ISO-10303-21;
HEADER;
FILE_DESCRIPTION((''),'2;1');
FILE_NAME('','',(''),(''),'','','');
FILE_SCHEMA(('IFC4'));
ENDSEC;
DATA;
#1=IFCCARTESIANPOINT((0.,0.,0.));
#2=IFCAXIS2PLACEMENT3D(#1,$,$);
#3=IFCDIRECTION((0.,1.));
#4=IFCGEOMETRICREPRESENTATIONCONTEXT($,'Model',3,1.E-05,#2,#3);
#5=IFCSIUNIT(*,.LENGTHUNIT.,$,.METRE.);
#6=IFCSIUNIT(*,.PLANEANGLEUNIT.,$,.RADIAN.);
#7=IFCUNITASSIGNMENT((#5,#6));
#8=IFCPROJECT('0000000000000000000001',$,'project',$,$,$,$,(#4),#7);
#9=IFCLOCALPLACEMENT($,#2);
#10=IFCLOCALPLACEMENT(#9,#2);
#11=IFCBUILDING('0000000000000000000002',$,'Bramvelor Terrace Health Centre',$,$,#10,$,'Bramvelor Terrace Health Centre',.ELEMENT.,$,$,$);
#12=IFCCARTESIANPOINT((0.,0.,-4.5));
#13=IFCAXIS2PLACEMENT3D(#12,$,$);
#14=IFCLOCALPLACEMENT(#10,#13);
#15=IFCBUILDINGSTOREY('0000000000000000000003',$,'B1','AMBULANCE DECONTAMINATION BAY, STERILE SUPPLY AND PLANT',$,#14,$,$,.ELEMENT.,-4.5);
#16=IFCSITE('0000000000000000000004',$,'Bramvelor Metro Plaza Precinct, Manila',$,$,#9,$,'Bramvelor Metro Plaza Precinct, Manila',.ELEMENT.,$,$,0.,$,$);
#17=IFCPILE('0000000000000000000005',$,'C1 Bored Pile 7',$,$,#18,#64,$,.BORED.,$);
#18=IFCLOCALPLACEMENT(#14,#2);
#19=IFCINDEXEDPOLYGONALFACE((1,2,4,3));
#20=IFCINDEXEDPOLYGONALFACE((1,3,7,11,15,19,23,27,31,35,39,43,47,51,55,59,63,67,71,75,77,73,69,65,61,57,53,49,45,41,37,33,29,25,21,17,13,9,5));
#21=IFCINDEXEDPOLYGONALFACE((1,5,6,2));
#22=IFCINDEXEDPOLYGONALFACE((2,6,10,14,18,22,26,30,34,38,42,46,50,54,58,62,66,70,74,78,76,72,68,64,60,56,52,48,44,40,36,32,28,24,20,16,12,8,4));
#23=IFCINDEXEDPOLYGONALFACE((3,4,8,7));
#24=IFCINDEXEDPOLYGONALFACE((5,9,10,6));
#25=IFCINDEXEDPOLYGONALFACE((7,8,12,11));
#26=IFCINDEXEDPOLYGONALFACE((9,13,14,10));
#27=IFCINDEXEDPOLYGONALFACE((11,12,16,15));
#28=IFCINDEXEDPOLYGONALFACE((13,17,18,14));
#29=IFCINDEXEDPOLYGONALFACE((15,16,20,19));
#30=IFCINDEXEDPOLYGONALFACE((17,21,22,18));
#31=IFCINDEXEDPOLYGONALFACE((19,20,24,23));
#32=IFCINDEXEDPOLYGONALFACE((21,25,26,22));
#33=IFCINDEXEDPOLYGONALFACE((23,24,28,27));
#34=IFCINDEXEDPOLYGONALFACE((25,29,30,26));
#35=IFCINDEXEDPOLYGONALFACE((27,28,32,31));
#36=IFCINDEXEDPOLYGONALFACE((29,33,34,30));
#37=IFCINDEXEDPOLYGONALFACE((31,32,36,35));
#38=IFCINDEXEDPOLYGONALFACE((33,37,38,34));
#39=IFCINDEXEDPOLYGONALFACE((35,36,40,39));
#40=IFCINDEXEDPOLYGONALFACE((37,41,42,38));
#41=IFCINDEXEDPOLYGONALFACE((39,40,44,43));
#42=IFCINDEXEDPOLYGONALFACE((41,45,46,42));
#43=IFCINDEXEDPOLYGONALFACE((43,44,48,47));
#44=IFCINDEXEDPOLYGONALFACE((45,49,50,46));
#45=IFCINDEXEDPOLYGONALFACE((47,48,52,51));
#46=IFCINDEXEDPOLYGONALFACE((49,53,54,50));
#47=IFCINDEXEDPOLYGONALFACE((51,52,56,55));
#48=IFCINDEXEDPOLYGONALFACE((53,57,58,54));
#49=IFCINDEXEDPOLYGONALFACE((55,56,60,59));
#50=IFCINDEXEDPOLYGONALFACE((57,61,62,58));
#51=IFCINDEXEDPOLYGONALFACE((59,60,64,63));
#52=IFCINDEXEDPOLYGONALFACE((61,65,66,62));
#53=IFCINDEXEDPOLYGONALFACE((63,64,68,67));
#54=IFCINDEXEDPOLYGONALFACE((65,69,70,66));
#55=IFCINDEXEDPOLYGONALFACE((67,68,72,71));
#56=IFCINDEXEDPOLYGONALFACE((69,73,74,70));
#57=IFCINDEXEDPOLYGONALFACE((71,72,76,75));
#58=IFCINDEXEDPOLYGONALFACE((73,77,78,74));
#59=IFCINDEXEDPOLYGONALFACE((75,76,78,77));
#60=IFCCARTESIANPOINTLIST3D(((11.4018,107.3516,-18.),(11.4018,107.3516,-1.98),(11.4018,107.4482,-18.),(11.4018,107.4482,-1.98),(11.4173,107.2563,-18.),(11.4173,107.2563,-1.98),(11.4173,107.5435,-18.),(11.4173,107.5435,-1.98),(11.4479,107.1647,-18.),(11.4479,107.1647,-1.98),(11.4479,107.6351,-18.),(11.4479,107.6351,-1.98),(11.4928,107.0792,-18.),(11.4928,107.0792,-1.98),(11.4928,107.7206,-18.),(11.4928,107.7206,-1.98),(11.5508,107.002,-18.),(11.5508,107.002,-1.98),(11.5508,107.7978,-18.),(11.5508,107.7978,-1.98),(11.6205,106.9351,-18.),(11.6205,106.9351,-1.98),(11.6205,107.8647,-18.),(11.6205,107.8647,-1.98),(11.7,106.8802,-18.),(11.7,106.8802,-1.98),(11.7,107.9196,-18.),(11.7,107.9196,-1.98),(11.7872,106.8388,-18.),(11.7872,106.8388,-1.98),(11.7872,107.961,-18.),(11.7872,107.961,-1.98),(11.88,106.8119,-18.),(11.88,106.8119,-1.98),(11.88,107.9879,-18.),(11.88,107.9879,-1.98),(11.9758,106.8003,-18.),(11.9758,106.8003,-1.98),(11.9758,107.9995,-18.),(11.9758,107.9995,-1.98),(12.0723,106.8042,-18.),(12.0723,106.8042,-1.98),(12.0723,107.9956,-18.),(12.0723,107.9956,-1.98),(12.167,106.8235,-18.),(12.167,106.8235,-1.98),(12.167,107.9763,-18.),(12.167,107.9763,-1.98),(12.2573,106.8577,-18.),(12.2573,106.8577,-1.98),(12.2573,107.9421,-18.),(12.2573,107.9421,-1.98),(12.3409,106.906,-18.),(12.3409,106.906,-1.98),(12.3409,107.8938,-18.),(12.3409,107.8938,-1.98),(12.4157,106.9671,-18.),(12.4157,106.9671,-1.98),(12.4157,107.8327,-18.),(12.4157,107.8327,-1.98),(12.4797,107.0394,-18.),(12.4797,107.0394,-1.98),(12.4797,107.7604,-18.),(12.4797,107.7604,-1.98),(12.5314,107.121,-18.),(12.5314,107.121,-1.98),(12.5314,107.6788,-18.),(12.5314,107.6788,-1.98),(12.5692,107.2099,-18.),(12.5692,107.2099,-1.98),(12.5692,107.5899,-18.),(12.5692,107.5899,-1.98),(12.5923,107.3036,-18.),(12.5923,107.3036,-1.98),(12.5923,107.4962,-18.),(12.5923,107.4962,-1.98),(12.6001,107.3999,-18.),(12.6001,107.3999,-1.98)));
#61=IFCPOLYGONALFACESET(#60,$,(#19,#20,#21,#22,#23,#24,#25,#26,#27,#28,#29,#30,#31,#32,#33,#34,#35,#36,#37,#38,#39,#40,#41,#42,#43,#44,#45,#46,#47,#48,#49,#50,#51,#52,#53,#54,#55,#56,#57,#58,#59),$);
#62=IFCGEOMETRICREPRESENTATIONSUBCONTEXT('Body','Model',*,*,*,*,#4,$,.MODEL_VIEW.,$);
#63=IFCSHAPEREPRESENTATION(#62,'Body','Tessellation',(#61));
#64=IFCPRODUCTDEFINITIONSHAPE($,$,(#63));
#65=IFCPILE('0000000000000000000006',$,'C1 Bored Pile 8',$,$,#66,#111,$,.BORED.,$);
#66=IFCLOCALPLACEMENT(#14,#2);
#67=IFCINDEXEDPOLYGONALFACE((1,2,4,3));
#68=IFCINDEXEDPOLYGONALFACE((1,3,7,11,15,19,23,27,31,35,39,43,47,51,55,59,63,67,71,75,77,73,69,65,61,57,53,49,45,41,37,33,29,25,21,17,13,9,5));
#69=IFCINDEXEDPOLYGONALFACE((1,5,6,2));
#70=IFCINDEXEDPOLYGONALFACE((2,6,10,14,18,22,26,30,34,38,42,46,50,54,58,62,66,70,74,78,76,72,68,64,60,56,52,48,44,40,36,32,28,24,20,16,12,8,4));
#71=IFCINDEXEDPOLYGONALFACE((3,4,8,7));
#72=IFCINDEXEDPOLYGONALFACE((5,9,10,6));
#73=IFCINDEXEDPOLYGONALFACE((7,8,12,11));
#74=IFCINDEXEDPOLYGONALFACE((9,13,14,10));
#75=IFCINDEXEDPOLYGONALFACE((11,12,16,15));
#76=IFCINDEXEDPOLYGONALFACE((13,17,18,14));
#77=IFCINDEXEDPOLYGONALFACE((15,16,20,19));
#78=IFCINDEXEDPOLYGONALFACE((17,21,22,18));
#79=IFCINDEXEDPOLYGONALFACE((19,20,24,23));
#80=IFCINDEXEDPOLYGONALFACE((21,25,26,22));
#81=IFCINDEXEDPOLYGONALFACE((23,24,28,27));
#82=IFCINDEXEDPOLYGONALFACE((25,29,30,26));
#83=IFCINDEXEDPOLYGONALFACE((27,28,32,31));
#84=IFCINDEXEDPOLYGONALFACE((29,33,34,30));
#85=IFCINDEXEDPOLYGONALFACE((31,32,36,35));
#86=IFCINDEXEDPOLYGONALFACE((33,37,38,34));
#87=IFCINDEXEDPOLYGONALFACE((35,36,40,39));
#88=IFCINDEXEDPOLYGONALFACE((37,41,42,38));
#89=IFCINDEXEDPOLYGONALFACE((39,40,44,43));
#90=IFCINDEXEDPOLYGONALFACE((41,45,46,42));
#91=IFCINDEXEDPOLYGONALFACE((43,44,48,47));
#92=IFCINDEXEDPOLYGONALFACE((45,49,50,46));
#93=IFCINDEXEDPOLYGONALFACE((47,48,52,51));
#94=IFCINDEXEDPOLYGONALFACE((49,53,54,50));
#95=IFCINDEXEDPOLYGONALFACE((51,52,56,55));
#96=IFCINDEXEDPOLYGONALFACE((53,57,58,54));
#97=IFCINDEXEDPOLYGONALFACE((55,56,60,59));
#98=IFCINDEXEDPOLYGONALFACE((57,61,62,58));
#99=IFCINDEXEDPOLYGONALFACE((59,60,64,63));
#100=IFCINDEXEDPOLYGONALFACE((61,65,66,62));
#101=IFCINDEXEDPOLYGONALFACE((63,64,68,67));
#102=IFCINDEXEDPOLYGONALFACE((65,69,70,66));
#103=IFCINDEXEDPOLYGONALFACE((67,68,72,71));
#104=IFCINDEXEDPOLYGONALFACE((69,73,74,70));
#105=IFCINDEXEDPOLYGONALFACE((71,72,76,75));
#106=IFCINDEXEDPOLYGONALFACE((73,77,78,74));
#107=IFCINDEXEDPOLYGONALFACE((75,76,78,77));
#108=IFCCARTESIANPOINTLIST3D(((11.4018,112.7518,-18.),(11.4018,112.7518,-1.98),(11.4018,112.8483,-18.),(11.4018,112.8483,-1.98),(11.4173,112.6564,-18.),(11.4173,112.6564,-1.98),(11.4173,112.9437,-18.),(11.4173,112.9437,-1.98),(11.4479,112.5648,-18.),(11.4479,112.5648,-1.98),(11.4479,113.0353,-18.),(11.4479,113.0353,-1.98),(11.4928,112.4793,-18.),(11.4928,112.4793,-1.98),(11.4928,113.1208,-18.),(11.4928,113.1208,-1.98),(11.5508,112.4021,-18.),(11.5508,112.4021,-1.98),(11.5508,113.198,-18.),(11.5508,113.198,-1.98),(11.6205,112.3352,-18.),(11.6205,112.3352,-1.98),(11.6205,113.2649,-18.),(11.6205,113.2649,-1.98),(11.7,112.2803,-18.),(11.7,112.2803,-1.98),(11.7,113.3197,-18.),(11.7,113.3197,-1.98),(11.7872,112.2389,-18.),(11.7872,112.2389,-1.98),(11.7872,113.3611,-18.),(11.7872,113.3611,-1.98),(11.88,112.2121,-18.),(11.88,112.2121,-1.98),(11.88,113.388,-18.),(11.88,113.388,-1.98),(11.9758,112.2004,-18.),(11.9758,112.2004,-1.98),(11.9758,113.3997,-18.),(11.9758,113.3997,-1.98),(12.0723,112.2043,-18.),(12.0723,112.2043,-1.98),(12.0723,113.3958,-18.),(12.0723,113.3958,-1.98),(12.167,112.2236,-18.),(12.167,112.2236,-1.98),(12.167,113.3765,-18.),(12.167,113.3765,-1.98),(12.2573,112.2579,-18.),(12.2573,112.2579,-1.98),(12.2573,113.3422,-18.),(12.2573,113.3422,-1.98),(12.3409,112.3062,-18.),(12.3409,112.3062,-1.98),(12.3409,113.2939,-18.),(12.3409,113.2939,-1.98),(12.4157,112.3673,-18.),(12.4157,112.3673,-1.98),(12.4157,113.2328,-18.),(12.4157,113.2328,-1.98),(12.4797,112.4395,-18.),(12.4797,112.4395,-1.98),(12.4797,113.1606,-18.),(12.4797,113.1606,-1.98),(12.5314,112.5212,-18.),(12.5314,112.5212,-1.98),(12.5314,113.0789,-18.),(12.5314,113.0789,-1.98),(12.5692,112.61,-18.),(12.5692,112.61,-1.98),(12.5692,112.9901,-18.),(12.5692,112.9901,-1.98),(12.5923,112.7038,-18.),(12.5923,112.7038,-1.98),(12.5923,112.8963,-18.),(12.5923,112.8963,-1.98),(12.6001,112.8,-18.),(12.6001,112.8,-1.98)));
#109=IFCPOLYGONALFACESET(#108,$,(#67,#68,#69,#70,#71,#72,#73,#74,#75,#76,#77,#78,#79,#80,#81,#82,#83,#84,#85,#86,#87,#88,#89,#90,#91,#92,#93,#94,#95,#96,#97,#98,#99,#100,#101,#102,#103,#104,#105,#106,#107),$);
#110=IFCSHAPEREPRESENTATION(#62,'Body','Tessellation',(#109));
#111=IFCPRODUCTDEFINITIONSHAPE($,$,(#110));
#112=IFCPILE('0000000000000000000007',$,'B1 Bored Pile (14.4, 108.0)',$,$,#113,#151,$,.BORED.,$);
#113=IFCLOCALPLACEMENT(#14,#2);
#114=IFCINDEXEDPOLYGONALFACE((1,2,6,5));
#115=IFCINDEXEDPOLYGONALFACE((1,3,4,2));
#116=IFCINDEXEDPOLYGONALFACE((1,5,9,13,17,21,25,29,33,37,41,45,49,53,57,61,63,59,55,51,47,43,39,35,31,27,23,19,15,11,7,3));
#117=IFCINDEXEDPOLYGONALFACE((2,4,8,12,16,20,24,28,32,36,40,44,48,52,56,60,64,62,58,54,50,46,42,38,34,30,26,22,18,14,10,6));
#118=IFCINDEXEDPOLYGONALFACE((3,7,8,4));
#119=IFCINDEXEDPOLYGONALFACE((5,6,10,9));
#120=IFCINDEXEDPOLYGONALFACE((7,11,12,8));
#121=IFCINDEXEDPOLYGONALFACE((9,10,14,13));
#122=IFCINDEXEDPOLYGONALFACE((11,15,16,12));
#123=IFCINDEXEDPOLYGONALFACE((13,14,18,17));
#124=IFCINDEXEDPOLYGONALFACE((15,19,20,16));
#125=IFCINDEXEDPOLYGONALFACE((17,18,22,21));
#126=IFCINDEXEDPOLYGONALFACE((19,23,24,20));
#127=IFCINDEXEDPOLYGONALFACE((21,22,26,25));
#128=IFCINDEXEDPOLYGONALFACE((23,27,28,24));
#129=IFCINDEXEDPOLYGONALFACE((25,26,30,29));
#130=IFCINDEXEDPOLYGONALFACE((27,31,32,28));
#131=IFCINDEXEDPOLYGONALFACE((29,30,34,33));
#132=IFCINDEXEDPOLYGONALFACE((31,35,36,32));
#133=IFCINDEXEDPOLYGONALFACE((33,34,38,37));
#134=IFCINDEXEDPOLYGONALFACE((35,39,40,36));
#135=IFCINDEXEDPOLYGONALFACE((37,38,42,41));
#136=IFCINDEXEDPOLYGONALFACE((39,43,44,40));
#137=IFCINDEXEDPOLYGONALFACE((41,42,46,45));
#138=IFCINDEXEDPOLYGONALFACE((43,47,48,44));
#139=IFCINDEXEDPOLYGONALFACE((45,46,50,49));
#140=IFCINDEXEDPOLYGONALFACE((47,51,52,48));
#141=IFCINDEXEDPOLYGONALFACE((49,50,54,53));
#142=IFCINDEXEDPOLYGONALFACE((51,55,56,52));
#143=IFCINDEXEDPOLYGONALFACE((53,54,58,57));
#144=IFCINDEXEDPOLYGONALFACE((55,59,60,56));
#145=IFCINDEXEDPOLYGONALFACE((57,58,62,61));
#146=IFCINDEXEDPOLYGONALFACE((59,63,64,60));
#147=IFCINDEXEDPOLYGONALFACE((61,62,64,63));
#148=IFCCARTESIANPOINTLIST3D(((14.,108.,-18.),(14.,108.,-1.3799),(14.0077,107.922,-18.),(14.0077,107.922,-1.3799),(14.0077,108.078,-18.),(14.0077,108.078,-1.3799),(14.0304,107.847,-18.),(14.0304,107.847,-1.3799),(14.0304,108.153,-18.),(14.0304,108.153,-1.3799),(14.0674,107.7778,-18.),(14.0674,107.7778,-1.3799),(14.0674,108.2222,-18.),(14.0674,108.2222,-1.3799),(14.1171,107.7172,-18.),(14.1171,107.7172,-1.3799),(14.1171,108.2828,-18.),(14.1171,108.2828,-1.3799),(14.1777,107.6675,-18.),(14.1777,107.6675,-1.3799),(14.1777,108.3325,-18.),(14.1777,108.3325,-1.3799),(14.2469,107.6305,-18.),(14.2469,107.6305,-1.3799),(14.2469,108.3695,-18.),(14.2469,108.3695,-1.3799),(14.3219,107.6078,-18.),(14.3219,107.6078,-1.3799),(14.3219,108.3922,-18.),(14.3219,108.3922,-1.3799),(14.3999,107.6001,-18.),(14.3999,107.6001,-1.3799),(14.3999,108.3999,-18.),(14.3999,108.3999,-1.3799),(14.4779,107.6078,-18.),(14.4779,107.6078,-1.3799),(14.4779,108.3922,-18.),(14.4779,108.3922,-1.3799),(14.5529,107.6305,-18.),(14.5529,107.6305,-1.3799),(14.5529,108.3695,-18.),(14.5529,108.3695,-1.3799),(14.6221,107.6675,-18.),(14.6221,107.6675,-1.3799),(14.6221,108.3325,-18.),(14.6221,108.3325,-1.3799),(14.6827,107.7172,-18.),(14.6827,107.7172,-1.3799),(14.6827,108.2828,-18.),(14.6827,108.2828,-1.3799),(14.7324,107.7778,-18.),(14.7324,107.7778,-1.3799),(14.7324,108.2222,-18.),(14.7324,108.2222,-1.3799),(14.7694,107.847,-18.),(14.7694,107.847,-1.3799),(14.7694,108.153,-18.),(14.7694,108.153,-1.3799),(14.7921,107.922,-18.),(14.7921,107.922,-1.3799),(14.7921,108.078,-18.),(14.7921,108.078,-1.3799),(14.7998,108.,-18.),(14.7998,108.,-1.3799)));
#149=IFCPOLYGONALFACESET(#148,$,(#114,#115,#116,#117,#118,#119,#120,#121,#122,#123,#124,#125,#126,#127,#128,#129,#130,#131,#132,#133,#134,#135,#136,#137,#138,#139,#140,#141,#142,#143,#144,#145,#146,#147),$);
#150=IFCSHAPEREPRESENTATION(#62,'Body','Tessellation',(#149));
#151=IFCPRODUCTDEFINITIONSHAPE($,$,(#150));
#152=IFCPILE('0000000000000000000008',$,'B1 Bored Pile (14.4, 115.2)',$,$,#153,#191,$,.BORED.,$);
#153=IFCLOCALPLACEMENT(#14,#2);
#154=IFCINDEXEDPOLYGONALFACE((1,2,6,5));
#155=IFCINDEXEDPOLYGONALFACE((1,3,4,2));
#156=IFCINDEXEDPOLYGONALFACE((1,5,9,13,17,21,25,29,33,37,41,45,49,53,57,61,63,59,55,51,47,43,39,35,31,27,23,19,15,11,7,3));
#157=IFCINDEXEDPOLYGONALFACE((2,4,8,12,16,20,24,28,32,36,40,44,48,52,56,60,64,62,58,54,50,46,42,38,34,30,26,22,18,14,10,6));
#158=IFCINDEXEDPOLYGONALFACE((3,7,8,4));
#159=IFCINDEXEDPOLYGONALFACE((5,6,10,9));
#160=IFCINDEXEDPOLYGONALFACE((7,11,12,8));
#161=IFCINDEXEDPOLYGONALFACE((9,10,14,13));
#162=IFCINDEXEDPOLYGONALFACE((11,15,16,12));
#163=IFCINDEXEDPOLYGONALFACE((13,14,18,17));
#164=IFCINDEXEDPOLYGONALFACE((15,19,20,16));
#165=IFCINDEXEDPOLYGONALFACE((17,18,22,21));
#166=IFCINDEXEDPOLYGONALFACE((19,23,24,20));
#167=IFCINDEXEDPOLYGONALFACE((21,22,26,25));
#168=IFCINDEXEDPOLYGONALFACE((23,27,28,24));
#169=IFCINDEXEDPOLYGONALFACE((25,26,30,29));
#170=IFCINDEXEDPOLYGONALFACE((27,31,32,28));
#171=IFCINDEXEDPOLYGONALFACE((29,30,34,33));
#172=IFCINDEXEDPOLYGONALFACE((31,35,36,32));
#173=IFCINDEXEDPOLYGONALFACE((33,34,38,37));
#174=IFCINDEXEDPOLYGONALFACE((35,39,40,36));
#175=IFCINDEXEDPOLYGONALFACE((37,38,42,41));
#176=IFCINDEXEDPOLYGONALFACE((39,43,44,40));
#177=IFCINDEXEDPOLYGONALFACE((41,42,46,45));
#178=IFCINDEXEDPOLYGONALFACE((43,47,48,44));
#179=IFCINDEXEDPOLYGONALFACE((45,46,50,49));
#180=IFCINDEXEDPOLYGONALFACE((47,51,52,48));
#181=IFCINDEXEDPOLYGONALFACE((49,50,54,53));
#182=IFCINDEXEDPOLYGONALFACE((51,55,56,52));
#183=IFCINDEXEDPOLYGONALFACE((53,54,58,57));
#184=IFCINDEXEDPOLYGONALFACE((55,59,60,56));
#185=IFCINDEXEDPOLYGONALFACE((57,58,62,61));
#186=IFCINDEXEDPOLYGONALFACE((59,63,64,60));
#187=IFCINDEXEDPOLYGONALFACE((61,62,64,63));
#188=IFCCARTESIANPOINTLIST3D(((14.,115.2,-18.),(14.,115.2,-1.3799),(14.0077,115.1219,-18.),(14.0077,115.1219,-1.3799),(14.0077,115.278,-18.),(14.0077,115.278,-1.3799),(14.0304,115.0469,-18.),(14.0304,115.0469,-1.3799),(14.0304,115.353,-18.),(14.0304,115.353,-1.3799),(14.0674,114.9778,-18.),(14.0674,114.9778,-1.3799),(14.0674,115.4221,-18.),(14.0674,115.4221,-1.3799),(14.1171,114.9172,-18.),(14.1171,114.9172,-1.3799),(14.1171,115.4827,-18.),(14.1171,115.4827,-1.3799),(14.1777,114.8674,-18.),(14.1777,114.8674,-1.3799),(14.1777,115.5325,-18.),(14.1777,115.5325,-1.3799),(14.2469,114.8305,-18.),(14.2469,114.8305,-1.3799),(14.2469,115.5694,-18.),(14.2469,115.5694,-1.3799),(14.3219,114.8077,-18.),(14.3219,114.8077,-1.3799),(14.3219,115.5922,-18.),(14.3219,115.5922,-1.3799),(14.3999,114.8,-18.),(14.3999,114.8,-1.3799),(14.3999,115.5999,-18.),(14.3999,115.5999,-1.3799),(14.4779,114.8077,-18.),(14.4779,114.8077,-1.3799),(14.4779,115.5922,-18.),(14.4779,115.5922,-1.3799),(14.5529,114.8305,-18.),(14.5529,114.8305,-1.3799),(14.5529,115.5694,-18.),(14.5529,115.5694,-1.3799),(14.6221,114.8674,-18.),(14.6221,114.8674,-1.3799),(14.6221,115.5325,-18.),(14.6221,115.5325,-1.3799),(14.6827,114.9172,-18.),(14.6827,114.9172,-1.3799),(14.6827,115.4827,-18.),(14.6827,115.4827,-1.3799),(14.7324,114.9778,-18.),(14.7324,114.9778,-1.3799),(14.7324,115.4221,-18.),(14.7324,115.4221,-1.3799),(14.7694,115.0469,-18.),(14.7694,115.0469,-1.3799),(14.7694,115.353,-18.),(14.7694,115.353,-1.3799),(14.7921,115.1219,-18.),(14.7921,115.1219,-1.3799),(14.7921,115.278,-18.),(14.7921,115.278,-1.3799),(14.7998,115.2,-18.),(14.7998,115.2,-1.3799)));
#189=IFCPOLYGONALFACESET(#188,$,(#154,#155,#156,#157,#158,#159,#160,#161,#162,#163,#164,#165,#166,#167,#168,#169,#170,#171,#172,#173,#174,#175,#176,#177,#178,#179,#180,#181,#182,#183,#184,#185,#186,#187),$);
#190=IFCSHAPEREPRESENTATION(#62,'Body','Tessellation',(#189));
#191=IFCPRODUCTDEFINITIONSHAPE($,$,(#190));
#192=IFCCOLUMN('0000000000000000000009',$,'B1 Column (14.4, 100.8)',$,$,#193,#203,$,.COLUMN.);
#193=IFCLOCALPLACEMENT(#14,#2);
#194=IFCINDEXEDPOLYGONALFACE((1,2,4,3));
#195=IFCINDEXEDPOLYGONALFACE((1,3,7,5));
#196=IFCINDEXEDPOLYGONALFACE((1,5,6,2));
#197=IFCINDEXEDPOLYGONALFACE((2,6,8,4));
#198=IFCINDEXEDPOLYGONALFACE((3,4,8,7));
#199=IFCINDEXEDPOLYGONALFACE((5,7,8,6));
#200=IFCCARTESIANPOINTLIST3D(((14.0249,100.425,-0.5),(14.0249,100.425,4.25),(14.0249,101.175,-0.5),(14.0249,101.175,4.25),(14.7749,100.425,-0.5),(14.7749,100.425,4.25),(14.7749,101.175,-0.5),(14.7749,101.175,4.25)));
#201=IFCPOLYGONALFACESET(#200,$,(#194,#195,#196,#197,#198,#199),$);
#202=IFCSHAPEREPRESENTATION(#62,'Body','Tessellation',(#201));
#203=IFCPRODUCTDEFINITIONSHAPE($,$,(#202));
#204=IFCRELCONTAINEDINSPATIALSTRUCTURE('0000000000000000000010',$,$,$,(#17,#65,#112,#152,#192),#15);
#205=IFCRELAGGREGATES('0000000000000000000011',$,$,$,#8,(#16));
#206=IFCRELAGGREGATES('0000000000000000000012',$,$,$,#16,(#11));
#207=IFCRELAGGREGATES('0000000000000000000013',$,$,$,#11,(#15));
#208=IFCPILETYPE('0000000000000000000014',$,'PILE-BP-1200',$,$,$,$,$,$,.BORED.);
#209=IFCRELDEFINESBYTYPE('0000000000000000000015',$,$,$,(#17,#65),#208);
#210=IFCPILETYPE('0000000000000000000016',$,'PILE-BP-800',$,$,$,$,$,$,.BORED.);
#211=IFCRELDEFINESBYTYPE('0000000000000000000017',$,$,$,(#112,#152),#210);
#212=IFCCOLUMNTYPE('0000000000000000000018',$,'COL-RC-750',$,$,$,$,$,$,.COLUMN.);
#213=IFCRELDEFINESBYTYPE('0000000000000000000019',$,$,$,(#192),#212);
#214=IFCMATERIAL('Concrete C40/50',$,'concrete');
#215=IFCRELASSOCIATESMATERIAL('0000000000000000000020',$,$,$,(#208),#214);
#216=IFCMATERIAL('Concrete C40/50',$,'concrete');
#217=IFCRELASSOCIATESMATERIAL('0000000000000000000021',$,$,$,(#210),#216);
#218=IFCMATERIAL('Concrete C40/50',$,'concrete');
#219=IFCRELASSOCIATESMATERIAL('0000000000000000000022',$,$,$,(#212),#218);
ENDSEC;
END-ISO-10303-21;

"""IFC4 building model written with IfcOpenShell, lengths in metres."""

from ifc_helpers import new_model, si_unit, direction, frame, origin, origin_2d, place, context, subcontext, project, spatial, rectangle, circle, extrude, material, material_profile, profile_set, type_object, element, save


model = new_model("IFC4")

# Units and contexts
model_context = context("Model", 3, precision=1e-05, world=origin(), true_north=direction((0.0, 1.0)))
body_context = subcontext(model_context, "Body", "Model", "MODEL_VIEW")
ifc_project = project(units=[si_unit("LENGTHUNIT", "METRE"), si_unit("PLANEANGLEUNIT", "RADIAN")], contexts=[model_context])

# Site, building, storey
site_placement = place(None, origin())
site = spatial("IfcSite", under=ifc_project, at=site_placement, Name="Bramvelor Metro Plaza Precinct, Manila", LongName="Bramvelor Metro Plaza Precinct, Manila", CompositionType="ELEMENT", RefElevation=0.0)
building_placement = place(site_placement, origin())
building = spatial("IfcBuilding", under=site, at=building_placement, Name="Bramvelor Terrace Health Centre", LongName="Bramvelor Terrace Health Centre", CompositionType="ELEMENT")
storey_placement = place(building_placement, frame((0.0, 0.0, -4.5)))
storey = spatial("IfcBuildingStorey", under=building, at=storey_placement, Name="B1", Description="AMBULANCE DECONTAMINATION BAY, STERILE SUPPLY AND PLANT", CompositionType="ELEMENT", Elevation=-4.5)

# Piles
ifc_material_1 = material(Name="Concrete C40/50", Category="concrete")
ifc_material_profile_1 = material_profile(ifc_material_1, circle(Radius=0.6001, at=origin_2d()), Name="BP D1200")
ifc_profile_set_1 = profile_set([ifc_material_profile_1], Name="Concrete C40/50")
pile_type_1 = type_object("IfcPileType", Name="PILE-BP-1200", PredefinedType="BORED", material=ifc_profile_set_1)
for number, where, z_axis, x_axis, name in (
    (1, (12.0, 107.3999, -1.98), (0.0, 0.0, -1.0), (1.0, 0.0, 0.0), "C1 Bored Pile 7"),
    (2, (12.0, 112.8, -1.98), (0.0, 0.0, -1.0), (1.0, 0.0, 0.0), "C1 Bored Pile 8"),
):
    element("IfcPile", number, at=place(storey_placement, frame(where, z_axis=z_axis, x_axis=x_axis)), inside=storey, type_object=pile_type_1, Name=name, PredefinedType="BORED", context=body_context, shape_type="SweptSolid", body=[
        extrude(circle(Radius=0.6001, at=origin_2d()), origin(), (0.0, 0.0, 1.0), 16.02),
    ])
ifc_material_2 = material(Name="Concrete C40/50", Category="concrete")
ifc_material_profile_2 = material_profile(ifc_material_2, circle(Radius=0.3999, at=origin_2d()), Name="BP D800")
ifc_profile_set_2 = profile_set([ifc_material_profile_2], Name="Concrete C40/50")
pile_type_2 = type_object("IfcPileType", Name="PILE-BP-800", PredefinedType="BORED", material=ifc_profile_set_2)
for number, where, z_axis, x_axis, name in (
    (3, (14.3999, 108.0, -1.3799), (0.0, 0.0, -1.0), (1.0, 0.0, 0.0), "B1 Bored Pile (14.4, 108.0)"),
    (4, (14.3999, 115.2, -1.3799), (0.0, 0.0, -1.0), (1.0, 0.0, 0.0), "B1 Bored Pile (14.4, 115.2)"),
):
    element("IfcPile", number, at=place(storey_placement, frame(where, z_axis=z_axis, x_axis=x_axis)), inside=storey, type_object=pile_type_2, Name=name, PredefinedType="BORED", context=body_context, shape_type="SweptSolid", body=[
        extrude(circle(Radius=0.3999, at=origin_2d()), origin(), (0.0, 0.0, 1.0), 16.6201),
    ])

# Column
ifc_material_3 = material(Name="Concrete C40/50", Category="concrete")
ifc_material_profile_3 = material_profile(ifc_material_3, rectangle(XDim=0.75, YDim=0.75, at=origin_2d()), Name="RC 750x750")
ifc_profile_set_3 = profile_set([ifc_material_profile_3], Name="Concrete C40/50")
column_type_1 = type_object("IfcColumnType", Name="COL-RC-750", PredefinedType="COLUMN", material=ifc_profile_set_3)
for number, where, z_axis, x_axis, name in (
    (5, (14.3999, 100.8, -0.5), (0.0, 0.0, 1.0), (1.0, 0.0, 0.0), "B1 Column (14.4, 100.8)"),
):
    element("IfcColumn", number, at=place(storey_placement, frame(where, z_axis=z_axis, x_axis=x_axis)), inside=storey, type_object=column_type_1, Name=name, PredefinedType="COLUMN", context=body_context, shape_type="SweptSolid", body=[
        extrude(rectangle(XDim=0.75, YDim=0.75, at=origin_2d()), origin(), (0.0, 0.0, 1.0), 4.75),
    ])

save(model, "model.ifc")
